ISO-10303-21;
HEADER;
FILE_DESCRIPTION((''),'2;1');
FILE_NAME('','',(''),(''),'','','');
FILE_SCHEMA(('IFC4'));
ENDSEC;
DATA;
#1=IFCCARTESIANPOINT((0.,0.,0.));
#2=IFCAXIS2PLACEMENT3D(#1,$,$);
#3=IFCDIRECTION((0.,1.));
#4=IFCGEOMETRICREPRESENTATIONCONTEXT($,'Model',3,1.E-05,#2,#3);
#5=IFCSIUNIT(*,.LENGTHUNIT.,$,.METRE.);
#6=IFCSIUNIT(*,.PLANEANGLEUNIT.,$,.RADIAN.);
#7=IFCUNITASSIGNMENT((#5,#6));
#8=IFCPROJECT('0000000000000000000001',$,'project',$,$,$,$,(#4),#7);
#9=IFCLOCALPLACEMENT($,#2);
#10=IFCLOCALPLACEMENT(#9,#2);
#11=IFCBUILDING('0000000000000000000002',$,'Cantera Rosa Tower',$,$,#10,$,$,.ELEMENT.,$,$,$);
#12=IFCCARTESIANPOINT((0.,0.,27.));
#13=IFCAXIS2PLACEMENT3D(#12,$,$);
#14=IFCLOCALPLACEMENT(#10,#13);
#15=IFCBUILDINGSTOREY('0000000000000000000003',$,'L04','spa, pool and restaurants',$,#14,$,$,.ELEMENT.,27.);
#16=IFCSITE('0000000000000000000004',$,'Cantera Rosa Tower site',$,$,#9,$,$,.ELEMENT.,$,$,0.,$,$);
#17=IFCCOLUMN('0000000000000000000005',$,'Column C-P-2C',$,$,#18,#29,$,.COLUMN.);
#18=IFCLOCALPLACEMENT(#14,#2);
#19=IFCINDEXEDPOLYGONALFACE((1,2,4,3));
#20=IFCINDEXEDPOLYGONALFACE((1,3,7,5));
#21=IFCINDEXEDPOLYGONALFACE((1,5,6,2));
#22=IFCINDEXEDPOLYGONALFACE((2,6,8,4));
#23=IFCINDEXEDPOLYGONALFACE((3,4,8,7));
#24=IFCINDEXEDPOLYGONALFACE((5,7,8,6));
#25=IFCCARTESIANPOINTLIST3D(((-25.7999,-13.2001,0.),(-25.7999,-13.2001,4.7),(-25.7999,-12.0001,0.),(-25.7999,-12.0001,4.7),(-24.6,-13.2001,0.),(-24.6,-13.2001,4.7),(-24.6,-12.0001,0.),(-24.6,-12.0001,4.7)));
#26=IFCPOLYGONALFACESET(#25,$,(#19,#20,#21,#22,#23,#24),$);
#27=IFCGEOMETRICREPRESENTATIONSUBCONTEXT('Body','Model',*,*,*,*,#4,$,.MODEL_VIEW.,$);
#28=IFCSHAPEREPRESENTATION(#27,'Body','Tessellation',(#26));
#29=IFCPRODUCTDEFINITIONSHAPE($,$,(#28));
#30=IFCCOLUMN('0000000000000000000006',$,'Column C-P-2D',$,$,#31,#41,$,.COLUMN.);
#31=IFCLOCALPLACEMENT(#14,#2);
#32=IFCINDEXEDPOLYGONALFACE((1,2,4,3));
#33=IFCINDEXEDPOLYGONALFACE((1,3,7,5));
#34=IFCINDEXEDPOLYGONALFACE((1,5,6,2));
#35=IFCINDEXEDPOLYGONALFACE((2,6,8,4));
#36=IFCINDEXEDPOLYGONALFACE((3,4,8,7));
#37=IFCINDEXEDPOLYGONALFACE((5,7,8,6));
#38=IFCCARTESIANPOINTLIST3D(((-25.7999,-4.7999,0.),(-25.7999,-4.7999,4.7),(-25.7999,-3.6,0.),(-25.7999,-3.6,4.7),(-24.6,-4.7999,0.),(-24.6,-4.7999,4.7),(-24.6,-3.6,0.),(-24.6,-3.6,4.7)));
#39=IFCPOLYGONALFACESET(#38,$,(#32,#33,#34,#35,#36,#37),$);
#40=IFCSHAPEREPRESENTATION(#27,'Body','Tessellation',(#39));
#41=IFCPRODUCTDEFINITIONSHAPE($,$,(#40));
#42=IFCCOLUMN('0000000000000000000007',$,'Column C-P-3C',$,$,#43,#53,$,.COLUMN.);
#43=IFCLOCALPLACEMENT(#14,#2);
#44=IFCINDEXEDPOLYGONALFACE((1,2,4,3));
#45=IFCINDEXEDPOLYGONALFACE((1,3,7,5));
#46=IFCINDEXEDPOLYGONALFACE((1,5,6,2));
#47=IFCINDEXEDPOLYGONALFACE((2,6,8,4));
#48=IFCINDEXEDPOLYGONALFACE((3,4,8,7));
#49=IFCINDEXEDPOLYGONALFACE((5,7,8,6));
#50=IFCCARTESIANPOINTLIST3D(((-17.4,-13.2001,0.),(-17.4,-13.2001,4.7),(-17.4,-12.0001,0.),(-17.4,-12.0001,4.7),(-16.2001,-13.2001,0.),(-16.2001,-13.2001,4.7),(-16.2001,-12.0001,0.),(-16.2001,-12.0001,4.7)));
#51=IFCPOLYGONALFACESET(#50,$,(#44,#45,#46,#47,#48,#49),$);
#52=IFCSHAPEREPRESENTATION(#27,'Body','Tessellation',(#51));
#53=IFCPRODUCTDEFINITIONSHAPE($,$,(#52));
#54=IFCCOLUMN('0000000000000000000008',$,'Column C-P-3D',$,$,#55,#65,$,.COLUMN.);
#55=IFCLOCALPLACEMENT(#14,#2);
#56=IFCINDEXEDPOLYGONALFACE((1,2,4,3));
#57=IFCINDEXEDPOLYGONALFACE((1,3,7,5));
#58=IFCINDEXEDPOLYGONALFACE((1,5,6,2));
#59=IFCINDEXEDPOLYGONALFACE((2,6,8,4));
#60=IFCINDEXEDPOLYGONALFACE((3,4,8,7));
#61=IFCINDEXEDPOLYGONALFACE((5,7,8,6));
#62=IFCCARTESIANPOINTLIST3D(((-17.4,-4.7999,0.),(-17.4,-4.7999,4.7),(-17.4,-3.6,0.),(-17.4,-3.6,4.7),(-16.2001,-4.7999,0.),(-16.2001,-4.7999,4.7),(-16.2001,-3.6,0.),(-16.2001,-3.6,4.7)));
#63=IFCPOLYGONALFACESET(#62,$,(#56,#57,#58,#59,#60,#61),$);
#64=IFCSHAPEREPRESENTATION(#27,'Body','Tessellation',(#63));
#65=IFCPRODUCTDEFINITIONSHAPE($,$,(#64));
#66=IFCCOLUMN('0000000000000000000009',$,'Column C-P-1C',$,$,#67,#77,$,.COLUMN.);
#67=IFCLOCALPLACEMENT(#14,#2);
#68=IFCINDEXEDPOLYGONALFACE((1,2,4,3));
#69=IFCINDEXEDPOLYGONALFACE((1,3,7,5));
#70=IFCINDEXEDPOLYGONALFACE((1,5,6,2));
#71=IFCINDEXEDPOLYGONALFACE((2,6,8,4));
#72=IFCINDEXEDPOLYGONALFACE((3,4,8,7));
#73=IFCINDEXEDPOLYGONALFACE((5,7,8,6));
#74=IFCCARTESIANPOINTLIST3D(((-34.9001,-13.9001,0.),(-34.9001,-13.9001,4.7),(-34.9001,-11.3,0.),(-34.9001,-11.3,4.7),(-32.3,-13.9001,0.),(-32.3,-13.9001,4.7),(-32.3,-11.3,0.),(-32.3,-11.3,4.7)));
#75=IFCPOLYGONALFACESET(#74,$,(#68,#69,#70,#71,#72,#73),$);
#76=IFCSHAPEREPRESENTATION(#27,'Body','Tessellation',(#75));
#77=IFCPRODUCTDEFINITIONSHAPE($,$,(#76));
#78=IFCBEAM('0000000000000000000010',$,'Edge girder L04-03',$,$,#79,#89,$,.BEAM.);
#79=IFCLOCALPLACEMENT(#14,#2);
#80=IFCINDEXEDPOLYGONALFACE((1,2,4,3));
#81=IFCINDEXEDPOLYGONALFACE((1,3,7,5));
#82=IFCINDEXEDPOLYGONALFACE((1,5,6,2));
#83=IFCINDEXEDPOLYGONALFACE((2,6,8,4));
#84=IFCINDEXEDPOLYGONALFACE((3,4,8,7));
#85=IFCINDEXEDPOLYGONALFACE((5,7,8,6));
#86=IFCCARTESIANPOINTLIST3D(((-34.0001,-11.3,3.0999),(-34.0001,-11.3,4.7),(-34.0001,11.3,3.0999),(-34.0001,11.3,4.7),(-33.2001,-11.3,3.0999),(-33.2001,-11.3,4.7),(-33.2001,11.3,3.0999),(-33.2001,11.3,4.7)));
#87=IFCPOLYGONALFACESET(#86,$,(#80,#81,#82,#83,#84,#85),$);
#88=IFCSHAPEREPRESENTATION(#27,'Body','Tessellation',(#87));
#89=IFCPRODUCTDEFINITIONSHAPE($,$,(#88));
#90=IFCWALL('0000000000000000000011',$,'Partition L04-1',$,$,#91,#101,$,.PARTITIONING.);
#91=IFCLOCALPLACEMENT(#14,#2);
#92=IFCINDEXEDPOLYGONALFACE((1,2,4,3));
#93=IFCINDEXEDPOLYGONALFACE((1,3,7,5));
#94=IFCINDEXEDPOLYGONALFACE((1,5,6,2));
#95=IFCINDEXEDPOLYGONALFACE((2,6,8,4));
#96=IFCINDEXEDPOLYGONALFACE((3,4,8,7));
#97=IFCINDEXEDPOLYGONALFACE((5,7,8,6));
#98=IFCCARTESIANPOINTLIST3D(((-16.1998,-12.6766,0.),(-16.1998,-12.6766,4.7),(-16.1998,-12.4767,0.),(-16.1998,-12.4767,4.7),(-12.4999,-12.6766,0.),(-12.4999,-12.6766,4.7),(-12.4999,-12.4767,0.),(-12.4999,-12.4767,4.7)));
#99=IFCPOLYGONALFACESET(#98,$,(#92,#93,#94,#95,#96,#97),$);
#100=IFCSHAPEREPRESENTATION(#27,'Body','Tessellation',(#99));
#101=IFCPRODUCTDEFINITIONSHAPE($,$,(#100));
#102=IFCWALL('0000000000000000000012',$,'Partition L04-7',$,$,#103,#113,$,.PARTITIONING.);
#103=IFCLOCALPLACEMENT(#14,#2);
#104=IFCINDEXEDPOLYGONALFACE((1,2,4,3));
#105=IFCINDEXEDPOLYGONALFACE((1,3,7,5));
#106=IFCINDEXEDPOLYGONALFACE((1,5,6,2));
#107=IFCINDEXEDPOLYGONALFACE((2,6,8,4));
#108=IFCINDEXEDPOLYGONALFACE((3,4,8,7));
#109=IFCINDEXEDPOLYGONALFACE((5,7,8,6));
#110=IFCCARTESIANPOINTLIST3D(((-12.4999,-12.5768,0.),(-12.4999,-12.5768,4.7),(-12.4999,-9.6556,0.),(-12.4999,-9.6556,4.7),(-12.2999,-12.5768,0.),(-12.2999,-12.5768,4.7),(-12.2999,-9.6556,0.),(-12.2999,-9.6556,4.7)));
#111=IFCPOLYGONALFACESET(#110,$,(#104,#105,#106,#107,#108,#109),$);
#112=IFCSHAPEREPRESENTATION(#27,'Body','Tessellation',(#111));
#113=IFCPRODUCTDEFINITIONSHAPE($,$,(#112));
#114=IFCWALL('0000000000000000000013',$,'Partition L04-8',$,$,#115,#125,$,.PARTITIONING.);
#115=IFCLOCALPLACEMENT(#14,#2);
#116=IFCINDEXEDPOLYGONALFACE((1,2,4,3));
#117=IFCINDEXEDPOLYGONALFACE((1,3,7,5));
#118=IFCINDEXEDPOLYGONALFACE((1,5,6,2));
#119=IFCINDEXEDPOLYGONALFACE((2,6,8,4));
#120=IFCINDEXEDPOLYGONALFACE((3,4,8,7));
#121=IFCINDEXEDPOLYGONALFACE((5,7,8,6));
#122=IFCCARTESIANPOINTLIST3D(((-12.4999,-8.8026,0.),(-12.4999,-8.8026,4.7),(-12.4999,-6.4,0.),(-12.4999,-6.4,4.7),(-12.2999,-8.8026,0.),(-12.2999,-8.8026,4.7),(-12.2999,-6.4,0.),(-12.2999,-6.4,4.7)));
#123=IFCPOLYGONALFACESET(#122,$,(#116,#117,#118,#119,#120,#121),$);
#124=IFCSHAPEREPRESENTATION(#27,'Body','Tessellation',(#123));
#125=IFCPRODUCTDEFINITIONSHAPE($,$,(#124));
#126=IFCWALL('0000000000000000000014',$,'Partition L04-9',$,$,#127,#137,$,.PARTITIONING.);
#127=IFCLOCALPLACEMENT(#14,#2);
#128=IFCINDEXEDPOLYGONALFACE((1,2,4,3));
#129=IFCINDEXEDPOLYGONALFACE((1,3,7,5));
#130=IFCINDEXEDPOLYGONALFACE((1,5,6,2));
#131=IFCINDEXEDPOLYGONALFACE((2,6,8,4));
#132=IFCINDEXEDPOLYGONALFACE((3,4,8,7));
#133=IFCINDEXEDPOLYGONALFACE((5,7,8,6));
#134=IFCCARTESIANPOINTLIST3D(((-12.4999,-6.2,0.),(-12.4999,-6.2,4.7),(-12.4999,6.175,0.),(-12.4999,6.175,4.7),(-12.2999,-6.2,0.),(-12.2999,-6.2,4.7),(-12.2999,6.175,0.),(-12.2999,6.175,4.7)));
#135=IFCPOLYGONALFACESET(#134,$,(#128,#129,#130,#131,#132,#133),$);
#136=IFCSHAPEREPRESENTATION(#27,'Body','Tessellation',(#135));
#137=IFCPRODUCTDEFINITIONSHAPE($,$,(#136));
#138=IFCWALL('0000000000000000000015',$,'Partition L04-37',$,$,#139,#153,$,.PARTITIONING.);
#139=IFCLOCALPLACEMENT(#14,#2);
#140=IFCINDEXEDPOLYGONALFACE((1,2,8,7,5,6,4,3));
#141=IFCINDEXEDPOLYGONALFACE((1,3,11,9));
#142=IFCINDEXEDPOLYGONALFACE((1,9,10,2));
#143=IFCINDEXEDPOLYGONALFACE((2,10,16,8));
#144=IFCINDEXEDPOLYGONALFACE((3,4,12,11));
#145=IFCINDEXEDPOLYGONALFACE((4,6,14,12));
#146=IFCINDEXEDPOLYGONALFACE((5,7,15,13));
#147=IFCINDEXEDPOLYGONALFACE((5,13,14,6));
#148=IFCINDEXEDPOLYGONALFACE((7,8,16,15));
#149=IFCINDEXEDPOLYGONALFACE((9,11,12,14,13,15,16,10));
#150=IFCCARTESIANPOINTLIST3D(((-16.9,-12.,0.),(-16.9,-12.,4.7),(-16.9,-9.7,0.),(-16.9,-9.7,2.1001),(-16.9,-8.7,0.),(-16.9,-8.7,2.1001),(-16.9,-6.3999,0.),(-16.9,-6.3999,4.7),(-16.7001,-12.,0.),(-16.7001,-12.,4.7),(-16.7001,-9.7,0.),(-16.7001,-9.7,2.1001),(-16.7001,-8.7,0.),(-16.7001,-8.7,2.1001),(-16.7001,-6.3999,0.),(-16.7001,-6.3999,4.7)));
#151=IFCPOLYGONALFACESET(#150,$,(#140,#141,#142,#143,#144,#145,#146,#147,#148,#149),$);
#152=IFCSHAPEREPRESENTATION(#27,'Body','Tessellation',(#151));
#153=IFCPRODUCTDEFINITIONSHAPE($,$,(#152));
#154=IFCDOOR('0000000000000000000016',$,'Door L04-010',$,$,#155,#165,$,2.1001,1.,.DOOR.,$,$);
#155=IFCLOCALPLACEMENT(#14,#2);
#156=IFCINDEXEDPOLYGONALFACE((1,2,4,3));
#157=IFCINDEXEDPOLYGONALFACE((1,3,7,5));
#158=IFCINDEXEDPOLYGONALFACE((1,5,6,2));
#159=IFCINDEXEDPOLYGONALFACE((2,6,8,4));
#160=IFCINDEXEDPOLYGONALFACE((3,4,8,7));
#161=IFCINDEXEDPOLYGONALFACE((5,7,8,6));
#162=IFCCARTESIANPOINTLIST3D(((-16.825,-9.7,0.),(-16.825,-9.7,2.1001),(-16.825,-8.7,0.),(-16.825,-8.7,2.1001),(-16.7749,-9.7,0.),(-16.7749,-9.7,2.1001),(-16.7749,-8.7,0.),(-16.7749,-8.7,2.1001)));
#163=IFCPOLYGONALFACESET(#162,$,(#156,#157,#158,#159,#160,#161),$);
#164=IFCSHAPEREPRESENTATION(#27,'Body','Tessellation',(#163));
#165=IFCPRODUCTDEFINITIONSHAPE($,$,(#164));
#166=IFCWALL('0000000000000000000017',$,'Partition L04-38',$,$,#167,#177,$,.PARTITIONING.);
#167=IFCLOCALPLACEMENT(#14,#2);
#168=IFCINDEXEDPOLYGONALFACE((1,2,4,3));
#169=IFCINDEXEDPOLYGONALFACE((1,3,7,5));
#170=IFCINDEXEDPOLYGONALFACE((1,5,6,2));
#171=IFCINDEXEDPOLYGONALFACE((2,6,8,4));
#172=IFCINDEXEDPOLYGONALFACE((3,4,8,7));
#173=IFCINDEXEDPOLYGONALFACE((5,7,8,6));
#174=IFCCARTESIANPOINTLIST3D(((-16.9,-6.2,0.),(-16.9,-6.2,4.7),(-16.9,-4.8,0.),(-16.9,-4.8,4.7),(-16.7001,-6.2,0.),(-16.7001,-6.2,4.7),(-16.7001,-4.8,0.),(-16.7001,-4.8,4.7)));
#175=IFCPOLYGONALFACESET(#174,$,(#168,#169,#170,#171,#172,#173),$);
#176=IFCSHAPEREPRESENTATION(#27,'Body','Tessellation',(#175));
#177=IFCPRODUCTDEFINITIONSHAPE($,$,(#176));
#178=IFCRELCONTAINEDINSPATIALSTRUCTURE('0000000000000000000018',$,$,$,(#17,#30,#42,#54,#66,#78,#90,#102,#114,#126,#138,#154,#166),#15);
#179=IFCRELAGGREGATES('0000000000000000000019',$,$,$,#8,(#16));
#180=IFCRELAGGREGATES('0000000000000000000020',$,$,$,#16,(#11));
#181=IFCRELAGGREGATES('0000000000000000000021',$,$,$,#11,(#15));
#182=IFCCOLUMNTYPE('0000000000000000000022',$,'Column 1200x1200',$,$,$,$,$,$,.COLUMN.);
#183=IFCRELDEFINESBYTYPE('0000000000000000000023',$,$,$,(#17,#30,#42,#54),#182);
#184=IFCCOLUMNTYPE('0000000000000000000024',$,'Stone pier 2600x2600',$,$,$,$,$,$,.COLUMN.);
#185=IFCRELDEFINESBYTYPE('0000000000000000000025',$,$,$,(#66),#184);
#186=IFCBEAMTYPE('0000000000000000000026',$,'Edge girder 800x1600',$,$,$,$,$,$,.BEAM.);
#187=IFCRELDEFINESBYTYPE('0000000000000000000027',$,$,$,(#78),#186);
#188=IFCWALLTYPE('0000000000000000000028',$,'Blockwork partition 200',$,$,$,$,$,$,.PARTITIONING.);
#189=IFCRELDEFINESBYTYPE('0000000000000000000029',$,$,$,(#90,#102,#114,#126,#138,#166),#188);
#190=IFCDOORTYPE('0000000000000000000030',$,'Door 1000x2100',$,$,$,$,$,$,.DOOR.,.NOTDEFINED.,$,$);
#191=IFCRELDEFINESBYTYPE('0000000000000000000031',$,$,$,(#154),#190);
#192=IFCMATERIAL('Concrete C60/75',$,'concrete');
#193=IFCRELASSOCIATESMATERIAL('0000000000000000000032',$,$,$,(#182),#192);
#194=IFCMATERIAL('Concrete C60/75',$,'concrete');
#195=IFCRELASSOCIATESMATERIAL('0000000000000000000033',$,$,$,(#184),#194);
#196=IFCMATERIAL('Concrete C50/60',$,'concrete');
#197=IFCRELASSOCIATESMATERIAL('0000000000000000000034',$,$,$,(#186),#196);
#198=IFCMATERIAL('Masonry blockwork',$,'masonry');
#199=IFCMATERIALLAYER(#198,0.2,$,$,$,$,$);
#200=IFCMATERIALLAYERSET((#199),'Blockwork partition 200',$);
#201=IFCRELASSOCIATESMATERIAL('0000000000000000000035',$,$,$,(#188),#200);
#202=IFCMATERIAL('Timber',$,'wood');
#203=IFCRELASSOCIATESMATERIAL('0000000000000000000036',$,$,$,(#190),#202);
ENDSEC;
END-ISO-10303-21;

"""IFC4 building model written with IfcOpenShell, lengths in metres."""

from ifc_helpers import new_model, si_unit, direction, frame, frame_2d, origin, origin_2d, place, context, subcontext, project, spatial, rectangle, extrude, material, layer, layer_set, material_profile, profile_set, type_object, element, fill, save


model = new_model("IFC4")

# Units and contexts
model_context = context("Model", 3, precision=1e-05, world=origin(), true_north=direction((0.0, 1.0)))
body_context = subcontext(model_context, "Body", "Model", "MODEL_VIEW")
ifc_project = project(units=[si_unit("LENGTHUNIT", "METRE"), si_unit("PLANEANGLEUNIT", "RADIAN")], contexts=[model_context])

# Site, building, storey
site_placement = place(None, origin())
site = spatial("IfcSite", under=ifc_project, at=site_placement, Name="Cantera Rosa Tower site", CompositionType="ELEMENT", RefElevation=0.0)
building_placement = place(site_placement, origin())
building = spatial("IfcBuilding", under=site, at=building_placement, Name="Cantera Rosa Tower", CompositionType="ELEMENT")
storey_placement = place(building_placement, frame((0.0, 0.0, 27.0)))
storey = spatial("IfcBuildingStorey", under=building, at=storey_placement, Name="L04", Description="spa, pool and restaurants", CompositionType="ELEMENT", Elevation=27.0)

# Columns
ifc_material_1 = material(Name="Concrete C60/75", Category="concrete")
ifc_material_profile_1 = material_profile(ifc_material_1, rectangle(XDim=1.2, YDim=1.2, at=origin_2d()), Name="Column 1200x1200")
ifc_profile_set_1 = profile_set([ifc_material_profile_1], Name="Concrete C60/75")
column_type_1 = type_object("IfcColumnType", Name="Column 1200x1200", PredefinedType="COLUMN", material=ifc_profile_set_1)
for number, where, z_axis, x_axis, name in (
    (1, (-25.2, -12.6001, 0.0), (0.0, 0.0, 1.0), (1.0, 0.0, 0.0), "Column C-P-2C"),
    (2, (-25.2, -4.2, 0.0), (0.0, 0.0, 1.0), (1.0, 0.0, 0.0), "Column C-P-2D"),
    (3, (-16.8, -12.6001, 0.0), (0.0, 0.0, 1.0), (1.0, 0.0, 0.0), "Column C-P-3C"),
    (4, (-16.8, -4.2, 0.0), (0.0, 0.0, 1.0), (1.0, 0.0, 0.0), "Column C-P-3D"),
):
    element("IfcColumn", number, at=place(storey_placement, frame(where, z_axis=z_axis, x_axis=x_axis)), inside=storey, type_object=column_type_1, Name=name, PredefinedType="COLUMN", context=body_context, shape_type="SweptSolid", body=[
        extrude(rectangle(XDim=1.2, YDim=1.2, at=origin_2d()), origin(), (0.0, 0.0, 1.0), 4.7),
    ])
ifc_material_2 = material(Name="Concrete C60/75", Category="concrete")
ifc_material_profile_2 = material_profile(ifc_material_2, rectangle(XDim=2.6001, YDim=2.6001, at=origin_2d()), Name="Stone pier 2600x2600")
ifc_profile_set_2 = profile_set([ifc_material_profile_2], Name="Concrete C60/75")
column_type_2 = type_object("IfcColumnType", Name="Stone pier 2600x2600", PredefinedType="COLUMN", material=ifc_profile_set_2)
column_placement = place(storey_placement, frame((-33.6001, -12.6001, 0.0), z_axis=(0.0, 0.0, 1.0), x_axis=(1.0, 0.0, 0.0)))
element("IfcColumn", 5, at=column_placement, inside=storey, type_object=column_type_2, Name="Column C-P-1C", PredefinedType="COLUMN", context=body_context, shape_type="SweptSolid", body=[
    extrude(rectangle(XDim=2.6001, YDim=2.6001, at=origin_2d()), origin(), (0.0, 0.0, 1.0), 4.7),
])

# Beam
ifc_material_3 = material(Name="Concrete C50/60", Category="concrete")
ifc_material_profile_3 = material_profile(ifc_material_3, rectangle(XDim=0.8, YDim=1.6001, at=origin_2d()), Name="Edge girder 800x1600")
ifc_profile_set_3 = profile_set([ifc_material_profile_3], Name="Concrete C50/60")
beam_type = type_object("IfcBeamType", Name="Edge girder 800x1600", PredefinedType="BEAM", material=ifc_profile_set_3)
beam_placement = place(storey_placement, frame((-33.6001, -11.3, 3.8999), z_axis=(0.0, 1.0, 0.0), x_axis=(-1.0, 0.0, 0.0)))
element("IfcBeam", 6, at=beam_placement, inside=storey, type_object=beam_type, Name="Edge girder L04-03", PredefinedType="BEAM", context=body_context, shape_type="SweptSolid", body=[
    extrude(rectangle(XDim=0.8, YDim=1.6001, at=origin_2d()), origin(), (0.0, 0.0, 1.0), 22.6001),
])

# Walls
ifc_material_4 = material(Name="Masonry blockwork", Category="masonry")
ifc_layer_1 = layer(ifc_material_4, 0.2)
ifc_layer_set_1 = layer_set([ifc_layer_1], Name="Blockwork partition 200")
wall_type_1 = type_object("IfcWallType", Name="Blockwork partition 200", PredefinedType="PARTITIONING", material=ifc_layer_set_1)
wall_1_placement = place(storey_placement, frame((-16.2, -12.5767, 0.0), z_axis=(0.0, 0.0, 1.0), x_axis=(1.0, 0.0, 0.0)))
element("IfcWall", 7, at=wall_1_placement, inside=storey, type_object=wall_type_1, Name="Partition L04-1", PredefinedType="PARTITIONING", context=body_context, shape_type="SweptSolid", body=[
    extrude(rectangle(XDim=3.7, YDim=0.2, at=frame_2d((1.8501, 0.0))), origin(), (0.0, 0.0, 1.0), 4.7),
])
wall_2_placement = place(storey_placement, frame((-12.3999, -12.5767, 0.0), z_axis=(0.0, 0.0, 1.0), x_axis=(0.0, 1.0, 0.0)))
element("IfcWall", 8, at=wall_2_placement, inside=storey, type_object=wall_type_1, Name="Partition L04-7", PredefinedType="PARTITIONING", context=body_context, shape_type="SweptSolid", body=[
    extrude(rectangle(XDim=2.9211, YDim=0.2, at=frame_2d((1.4604, 0.0))), origin(), (0.0, 0.0, 1.0), 4.7),
])
wall_3_placement = place(storey_placement, frame((-12.3999, -8.8025, 0.0), z_axis=(0.0, 0.0, 1.0), x_axis=(0.0, 1.0, 0.0)))
element("IfcWall", 9, at=wall_3_placement, inside=storey, type_object=wall_type_1, Name="Partition L04-8", PredefinedType="PARTITIONING", context=body_context, shape_type="SweptSolid", body=[
    extrude(rectangle(XDim=2.4026, YDim=0.2, at=frame_2d((1.2012, 0.0))), origin(), (0.0, 0.0, 1.0), 4.7),
])
wall_4_placement = place(storey_placement, frame((-12.3999, -6.2, 0.0), z_axis=(0.0, 0.0, 1.0), x_axis=(0.0, 1.0, 0.0)))
element("IfcWall", 10, at=wall_4_placement, inside=storey, type_object=wall_type_1, Name="Partition L04-9", PredefinedType="PARTITIONING", context=body_context, shape_type="SweptSolid", body=[
    extrude(rectangle(XDim=12.375, YDim=0.2, at=frame_2d((6.1875, 0.0))), origin(), (0.0, 0.0, 1.0), 4.7),
])

# Wall, opening, door
wall_5_placement = place(storey_placement, frame((-16.8, -12.0, 0.0), z_axis=(0.0, 0.0, 1.0), x_axis=(0.0, 1.0, 0.0)))
wall_5 = element("IfcWall", 11, at=wall_5_placement, inside=storey, type_object=wall_type_1, Name="Partition L04-37", PredefinedType="PARTITIONING", context=body_context, shape_type="SweptSolid", body=[
    extrude(rectangle(XDim=5.6001, YDim=0.2, at=frame_2d((2.8, 0.0))), origin(), (0.0, 0.0, 1.0), 4.7),
])
opening_1_placement = place(wall_5_placement, frame((2.3, 0.0, 0.0)))
opening_1 = element("IfcOpeningElement", 12, at=opening_1_placement, cuts=wall_5, PredefinedType="OPENING", context=body_context, shape_type="SweptSolid", body=[
    extrude(rectangle(XDim=1.0, YDim=2.1001, at=frame_2d((0.5, 1.05))), frame((0.0, 0.1099, 0.0), z_axis=(0.0, -1.0, 0.0), x_axis=(1.0, 0.0, 0.0)), (0.0, 0.0, 1.0), 0.22),
])
ifc_material_5 = material(Name="Timber", Category="wood")
door_type_1 = type_object("IfcDoorType", Name="Door 1000x2100", OperationType="NOTDEFINED", PredefinedType="DOOR", material=ifc_material_5)
door_1_placement = place(opening_1_placement, origin())
door_1 = element("IfcDoor", 13, at=door_1_placement, inside=storey, type_object=door_type_1, Name="Door L04-010", OverallHeight=2.1001, OverallWidth=1.0, PredefinedType="DOOR", context=body_context, shape_type="SweptSolid", body=[
    extrude(rectangle(XDim=1.0, YDim=2.1001, at=frame_2d((0.5, 1.05))), frame((0.0, 0.0249, 0.0), z_axis=(0.0, -1.0, 0.0), x_axis=(1.0, 0.0, 0.0)), (0.0, 0.0, 1.0), 0.05),
])
fill(opening_1, door_1)

# Wall
wall_6_placement = place(storey_placement, frame((-16.8, -6.2, 0.0), z_axis=(0.0, 0.0, 1.0), x_axis=(0.0, 1.0, 0.0)))
element("IfcWall", 14, at=wall_6_placement, inside=storey, type_object=wall_type_1, Name="Partition L04-38", PredefinedType="PARTITIONING", context=body_context, shape_type="SweptSolid", body=[
    extrude(rectangle(XDim=1.3999, YDim=0.2, at=frame_2d((0.7, 0.0))), origin(), (0.0, 0.0, 1.0), 4.7),
])

save(model, "model.ifc")
